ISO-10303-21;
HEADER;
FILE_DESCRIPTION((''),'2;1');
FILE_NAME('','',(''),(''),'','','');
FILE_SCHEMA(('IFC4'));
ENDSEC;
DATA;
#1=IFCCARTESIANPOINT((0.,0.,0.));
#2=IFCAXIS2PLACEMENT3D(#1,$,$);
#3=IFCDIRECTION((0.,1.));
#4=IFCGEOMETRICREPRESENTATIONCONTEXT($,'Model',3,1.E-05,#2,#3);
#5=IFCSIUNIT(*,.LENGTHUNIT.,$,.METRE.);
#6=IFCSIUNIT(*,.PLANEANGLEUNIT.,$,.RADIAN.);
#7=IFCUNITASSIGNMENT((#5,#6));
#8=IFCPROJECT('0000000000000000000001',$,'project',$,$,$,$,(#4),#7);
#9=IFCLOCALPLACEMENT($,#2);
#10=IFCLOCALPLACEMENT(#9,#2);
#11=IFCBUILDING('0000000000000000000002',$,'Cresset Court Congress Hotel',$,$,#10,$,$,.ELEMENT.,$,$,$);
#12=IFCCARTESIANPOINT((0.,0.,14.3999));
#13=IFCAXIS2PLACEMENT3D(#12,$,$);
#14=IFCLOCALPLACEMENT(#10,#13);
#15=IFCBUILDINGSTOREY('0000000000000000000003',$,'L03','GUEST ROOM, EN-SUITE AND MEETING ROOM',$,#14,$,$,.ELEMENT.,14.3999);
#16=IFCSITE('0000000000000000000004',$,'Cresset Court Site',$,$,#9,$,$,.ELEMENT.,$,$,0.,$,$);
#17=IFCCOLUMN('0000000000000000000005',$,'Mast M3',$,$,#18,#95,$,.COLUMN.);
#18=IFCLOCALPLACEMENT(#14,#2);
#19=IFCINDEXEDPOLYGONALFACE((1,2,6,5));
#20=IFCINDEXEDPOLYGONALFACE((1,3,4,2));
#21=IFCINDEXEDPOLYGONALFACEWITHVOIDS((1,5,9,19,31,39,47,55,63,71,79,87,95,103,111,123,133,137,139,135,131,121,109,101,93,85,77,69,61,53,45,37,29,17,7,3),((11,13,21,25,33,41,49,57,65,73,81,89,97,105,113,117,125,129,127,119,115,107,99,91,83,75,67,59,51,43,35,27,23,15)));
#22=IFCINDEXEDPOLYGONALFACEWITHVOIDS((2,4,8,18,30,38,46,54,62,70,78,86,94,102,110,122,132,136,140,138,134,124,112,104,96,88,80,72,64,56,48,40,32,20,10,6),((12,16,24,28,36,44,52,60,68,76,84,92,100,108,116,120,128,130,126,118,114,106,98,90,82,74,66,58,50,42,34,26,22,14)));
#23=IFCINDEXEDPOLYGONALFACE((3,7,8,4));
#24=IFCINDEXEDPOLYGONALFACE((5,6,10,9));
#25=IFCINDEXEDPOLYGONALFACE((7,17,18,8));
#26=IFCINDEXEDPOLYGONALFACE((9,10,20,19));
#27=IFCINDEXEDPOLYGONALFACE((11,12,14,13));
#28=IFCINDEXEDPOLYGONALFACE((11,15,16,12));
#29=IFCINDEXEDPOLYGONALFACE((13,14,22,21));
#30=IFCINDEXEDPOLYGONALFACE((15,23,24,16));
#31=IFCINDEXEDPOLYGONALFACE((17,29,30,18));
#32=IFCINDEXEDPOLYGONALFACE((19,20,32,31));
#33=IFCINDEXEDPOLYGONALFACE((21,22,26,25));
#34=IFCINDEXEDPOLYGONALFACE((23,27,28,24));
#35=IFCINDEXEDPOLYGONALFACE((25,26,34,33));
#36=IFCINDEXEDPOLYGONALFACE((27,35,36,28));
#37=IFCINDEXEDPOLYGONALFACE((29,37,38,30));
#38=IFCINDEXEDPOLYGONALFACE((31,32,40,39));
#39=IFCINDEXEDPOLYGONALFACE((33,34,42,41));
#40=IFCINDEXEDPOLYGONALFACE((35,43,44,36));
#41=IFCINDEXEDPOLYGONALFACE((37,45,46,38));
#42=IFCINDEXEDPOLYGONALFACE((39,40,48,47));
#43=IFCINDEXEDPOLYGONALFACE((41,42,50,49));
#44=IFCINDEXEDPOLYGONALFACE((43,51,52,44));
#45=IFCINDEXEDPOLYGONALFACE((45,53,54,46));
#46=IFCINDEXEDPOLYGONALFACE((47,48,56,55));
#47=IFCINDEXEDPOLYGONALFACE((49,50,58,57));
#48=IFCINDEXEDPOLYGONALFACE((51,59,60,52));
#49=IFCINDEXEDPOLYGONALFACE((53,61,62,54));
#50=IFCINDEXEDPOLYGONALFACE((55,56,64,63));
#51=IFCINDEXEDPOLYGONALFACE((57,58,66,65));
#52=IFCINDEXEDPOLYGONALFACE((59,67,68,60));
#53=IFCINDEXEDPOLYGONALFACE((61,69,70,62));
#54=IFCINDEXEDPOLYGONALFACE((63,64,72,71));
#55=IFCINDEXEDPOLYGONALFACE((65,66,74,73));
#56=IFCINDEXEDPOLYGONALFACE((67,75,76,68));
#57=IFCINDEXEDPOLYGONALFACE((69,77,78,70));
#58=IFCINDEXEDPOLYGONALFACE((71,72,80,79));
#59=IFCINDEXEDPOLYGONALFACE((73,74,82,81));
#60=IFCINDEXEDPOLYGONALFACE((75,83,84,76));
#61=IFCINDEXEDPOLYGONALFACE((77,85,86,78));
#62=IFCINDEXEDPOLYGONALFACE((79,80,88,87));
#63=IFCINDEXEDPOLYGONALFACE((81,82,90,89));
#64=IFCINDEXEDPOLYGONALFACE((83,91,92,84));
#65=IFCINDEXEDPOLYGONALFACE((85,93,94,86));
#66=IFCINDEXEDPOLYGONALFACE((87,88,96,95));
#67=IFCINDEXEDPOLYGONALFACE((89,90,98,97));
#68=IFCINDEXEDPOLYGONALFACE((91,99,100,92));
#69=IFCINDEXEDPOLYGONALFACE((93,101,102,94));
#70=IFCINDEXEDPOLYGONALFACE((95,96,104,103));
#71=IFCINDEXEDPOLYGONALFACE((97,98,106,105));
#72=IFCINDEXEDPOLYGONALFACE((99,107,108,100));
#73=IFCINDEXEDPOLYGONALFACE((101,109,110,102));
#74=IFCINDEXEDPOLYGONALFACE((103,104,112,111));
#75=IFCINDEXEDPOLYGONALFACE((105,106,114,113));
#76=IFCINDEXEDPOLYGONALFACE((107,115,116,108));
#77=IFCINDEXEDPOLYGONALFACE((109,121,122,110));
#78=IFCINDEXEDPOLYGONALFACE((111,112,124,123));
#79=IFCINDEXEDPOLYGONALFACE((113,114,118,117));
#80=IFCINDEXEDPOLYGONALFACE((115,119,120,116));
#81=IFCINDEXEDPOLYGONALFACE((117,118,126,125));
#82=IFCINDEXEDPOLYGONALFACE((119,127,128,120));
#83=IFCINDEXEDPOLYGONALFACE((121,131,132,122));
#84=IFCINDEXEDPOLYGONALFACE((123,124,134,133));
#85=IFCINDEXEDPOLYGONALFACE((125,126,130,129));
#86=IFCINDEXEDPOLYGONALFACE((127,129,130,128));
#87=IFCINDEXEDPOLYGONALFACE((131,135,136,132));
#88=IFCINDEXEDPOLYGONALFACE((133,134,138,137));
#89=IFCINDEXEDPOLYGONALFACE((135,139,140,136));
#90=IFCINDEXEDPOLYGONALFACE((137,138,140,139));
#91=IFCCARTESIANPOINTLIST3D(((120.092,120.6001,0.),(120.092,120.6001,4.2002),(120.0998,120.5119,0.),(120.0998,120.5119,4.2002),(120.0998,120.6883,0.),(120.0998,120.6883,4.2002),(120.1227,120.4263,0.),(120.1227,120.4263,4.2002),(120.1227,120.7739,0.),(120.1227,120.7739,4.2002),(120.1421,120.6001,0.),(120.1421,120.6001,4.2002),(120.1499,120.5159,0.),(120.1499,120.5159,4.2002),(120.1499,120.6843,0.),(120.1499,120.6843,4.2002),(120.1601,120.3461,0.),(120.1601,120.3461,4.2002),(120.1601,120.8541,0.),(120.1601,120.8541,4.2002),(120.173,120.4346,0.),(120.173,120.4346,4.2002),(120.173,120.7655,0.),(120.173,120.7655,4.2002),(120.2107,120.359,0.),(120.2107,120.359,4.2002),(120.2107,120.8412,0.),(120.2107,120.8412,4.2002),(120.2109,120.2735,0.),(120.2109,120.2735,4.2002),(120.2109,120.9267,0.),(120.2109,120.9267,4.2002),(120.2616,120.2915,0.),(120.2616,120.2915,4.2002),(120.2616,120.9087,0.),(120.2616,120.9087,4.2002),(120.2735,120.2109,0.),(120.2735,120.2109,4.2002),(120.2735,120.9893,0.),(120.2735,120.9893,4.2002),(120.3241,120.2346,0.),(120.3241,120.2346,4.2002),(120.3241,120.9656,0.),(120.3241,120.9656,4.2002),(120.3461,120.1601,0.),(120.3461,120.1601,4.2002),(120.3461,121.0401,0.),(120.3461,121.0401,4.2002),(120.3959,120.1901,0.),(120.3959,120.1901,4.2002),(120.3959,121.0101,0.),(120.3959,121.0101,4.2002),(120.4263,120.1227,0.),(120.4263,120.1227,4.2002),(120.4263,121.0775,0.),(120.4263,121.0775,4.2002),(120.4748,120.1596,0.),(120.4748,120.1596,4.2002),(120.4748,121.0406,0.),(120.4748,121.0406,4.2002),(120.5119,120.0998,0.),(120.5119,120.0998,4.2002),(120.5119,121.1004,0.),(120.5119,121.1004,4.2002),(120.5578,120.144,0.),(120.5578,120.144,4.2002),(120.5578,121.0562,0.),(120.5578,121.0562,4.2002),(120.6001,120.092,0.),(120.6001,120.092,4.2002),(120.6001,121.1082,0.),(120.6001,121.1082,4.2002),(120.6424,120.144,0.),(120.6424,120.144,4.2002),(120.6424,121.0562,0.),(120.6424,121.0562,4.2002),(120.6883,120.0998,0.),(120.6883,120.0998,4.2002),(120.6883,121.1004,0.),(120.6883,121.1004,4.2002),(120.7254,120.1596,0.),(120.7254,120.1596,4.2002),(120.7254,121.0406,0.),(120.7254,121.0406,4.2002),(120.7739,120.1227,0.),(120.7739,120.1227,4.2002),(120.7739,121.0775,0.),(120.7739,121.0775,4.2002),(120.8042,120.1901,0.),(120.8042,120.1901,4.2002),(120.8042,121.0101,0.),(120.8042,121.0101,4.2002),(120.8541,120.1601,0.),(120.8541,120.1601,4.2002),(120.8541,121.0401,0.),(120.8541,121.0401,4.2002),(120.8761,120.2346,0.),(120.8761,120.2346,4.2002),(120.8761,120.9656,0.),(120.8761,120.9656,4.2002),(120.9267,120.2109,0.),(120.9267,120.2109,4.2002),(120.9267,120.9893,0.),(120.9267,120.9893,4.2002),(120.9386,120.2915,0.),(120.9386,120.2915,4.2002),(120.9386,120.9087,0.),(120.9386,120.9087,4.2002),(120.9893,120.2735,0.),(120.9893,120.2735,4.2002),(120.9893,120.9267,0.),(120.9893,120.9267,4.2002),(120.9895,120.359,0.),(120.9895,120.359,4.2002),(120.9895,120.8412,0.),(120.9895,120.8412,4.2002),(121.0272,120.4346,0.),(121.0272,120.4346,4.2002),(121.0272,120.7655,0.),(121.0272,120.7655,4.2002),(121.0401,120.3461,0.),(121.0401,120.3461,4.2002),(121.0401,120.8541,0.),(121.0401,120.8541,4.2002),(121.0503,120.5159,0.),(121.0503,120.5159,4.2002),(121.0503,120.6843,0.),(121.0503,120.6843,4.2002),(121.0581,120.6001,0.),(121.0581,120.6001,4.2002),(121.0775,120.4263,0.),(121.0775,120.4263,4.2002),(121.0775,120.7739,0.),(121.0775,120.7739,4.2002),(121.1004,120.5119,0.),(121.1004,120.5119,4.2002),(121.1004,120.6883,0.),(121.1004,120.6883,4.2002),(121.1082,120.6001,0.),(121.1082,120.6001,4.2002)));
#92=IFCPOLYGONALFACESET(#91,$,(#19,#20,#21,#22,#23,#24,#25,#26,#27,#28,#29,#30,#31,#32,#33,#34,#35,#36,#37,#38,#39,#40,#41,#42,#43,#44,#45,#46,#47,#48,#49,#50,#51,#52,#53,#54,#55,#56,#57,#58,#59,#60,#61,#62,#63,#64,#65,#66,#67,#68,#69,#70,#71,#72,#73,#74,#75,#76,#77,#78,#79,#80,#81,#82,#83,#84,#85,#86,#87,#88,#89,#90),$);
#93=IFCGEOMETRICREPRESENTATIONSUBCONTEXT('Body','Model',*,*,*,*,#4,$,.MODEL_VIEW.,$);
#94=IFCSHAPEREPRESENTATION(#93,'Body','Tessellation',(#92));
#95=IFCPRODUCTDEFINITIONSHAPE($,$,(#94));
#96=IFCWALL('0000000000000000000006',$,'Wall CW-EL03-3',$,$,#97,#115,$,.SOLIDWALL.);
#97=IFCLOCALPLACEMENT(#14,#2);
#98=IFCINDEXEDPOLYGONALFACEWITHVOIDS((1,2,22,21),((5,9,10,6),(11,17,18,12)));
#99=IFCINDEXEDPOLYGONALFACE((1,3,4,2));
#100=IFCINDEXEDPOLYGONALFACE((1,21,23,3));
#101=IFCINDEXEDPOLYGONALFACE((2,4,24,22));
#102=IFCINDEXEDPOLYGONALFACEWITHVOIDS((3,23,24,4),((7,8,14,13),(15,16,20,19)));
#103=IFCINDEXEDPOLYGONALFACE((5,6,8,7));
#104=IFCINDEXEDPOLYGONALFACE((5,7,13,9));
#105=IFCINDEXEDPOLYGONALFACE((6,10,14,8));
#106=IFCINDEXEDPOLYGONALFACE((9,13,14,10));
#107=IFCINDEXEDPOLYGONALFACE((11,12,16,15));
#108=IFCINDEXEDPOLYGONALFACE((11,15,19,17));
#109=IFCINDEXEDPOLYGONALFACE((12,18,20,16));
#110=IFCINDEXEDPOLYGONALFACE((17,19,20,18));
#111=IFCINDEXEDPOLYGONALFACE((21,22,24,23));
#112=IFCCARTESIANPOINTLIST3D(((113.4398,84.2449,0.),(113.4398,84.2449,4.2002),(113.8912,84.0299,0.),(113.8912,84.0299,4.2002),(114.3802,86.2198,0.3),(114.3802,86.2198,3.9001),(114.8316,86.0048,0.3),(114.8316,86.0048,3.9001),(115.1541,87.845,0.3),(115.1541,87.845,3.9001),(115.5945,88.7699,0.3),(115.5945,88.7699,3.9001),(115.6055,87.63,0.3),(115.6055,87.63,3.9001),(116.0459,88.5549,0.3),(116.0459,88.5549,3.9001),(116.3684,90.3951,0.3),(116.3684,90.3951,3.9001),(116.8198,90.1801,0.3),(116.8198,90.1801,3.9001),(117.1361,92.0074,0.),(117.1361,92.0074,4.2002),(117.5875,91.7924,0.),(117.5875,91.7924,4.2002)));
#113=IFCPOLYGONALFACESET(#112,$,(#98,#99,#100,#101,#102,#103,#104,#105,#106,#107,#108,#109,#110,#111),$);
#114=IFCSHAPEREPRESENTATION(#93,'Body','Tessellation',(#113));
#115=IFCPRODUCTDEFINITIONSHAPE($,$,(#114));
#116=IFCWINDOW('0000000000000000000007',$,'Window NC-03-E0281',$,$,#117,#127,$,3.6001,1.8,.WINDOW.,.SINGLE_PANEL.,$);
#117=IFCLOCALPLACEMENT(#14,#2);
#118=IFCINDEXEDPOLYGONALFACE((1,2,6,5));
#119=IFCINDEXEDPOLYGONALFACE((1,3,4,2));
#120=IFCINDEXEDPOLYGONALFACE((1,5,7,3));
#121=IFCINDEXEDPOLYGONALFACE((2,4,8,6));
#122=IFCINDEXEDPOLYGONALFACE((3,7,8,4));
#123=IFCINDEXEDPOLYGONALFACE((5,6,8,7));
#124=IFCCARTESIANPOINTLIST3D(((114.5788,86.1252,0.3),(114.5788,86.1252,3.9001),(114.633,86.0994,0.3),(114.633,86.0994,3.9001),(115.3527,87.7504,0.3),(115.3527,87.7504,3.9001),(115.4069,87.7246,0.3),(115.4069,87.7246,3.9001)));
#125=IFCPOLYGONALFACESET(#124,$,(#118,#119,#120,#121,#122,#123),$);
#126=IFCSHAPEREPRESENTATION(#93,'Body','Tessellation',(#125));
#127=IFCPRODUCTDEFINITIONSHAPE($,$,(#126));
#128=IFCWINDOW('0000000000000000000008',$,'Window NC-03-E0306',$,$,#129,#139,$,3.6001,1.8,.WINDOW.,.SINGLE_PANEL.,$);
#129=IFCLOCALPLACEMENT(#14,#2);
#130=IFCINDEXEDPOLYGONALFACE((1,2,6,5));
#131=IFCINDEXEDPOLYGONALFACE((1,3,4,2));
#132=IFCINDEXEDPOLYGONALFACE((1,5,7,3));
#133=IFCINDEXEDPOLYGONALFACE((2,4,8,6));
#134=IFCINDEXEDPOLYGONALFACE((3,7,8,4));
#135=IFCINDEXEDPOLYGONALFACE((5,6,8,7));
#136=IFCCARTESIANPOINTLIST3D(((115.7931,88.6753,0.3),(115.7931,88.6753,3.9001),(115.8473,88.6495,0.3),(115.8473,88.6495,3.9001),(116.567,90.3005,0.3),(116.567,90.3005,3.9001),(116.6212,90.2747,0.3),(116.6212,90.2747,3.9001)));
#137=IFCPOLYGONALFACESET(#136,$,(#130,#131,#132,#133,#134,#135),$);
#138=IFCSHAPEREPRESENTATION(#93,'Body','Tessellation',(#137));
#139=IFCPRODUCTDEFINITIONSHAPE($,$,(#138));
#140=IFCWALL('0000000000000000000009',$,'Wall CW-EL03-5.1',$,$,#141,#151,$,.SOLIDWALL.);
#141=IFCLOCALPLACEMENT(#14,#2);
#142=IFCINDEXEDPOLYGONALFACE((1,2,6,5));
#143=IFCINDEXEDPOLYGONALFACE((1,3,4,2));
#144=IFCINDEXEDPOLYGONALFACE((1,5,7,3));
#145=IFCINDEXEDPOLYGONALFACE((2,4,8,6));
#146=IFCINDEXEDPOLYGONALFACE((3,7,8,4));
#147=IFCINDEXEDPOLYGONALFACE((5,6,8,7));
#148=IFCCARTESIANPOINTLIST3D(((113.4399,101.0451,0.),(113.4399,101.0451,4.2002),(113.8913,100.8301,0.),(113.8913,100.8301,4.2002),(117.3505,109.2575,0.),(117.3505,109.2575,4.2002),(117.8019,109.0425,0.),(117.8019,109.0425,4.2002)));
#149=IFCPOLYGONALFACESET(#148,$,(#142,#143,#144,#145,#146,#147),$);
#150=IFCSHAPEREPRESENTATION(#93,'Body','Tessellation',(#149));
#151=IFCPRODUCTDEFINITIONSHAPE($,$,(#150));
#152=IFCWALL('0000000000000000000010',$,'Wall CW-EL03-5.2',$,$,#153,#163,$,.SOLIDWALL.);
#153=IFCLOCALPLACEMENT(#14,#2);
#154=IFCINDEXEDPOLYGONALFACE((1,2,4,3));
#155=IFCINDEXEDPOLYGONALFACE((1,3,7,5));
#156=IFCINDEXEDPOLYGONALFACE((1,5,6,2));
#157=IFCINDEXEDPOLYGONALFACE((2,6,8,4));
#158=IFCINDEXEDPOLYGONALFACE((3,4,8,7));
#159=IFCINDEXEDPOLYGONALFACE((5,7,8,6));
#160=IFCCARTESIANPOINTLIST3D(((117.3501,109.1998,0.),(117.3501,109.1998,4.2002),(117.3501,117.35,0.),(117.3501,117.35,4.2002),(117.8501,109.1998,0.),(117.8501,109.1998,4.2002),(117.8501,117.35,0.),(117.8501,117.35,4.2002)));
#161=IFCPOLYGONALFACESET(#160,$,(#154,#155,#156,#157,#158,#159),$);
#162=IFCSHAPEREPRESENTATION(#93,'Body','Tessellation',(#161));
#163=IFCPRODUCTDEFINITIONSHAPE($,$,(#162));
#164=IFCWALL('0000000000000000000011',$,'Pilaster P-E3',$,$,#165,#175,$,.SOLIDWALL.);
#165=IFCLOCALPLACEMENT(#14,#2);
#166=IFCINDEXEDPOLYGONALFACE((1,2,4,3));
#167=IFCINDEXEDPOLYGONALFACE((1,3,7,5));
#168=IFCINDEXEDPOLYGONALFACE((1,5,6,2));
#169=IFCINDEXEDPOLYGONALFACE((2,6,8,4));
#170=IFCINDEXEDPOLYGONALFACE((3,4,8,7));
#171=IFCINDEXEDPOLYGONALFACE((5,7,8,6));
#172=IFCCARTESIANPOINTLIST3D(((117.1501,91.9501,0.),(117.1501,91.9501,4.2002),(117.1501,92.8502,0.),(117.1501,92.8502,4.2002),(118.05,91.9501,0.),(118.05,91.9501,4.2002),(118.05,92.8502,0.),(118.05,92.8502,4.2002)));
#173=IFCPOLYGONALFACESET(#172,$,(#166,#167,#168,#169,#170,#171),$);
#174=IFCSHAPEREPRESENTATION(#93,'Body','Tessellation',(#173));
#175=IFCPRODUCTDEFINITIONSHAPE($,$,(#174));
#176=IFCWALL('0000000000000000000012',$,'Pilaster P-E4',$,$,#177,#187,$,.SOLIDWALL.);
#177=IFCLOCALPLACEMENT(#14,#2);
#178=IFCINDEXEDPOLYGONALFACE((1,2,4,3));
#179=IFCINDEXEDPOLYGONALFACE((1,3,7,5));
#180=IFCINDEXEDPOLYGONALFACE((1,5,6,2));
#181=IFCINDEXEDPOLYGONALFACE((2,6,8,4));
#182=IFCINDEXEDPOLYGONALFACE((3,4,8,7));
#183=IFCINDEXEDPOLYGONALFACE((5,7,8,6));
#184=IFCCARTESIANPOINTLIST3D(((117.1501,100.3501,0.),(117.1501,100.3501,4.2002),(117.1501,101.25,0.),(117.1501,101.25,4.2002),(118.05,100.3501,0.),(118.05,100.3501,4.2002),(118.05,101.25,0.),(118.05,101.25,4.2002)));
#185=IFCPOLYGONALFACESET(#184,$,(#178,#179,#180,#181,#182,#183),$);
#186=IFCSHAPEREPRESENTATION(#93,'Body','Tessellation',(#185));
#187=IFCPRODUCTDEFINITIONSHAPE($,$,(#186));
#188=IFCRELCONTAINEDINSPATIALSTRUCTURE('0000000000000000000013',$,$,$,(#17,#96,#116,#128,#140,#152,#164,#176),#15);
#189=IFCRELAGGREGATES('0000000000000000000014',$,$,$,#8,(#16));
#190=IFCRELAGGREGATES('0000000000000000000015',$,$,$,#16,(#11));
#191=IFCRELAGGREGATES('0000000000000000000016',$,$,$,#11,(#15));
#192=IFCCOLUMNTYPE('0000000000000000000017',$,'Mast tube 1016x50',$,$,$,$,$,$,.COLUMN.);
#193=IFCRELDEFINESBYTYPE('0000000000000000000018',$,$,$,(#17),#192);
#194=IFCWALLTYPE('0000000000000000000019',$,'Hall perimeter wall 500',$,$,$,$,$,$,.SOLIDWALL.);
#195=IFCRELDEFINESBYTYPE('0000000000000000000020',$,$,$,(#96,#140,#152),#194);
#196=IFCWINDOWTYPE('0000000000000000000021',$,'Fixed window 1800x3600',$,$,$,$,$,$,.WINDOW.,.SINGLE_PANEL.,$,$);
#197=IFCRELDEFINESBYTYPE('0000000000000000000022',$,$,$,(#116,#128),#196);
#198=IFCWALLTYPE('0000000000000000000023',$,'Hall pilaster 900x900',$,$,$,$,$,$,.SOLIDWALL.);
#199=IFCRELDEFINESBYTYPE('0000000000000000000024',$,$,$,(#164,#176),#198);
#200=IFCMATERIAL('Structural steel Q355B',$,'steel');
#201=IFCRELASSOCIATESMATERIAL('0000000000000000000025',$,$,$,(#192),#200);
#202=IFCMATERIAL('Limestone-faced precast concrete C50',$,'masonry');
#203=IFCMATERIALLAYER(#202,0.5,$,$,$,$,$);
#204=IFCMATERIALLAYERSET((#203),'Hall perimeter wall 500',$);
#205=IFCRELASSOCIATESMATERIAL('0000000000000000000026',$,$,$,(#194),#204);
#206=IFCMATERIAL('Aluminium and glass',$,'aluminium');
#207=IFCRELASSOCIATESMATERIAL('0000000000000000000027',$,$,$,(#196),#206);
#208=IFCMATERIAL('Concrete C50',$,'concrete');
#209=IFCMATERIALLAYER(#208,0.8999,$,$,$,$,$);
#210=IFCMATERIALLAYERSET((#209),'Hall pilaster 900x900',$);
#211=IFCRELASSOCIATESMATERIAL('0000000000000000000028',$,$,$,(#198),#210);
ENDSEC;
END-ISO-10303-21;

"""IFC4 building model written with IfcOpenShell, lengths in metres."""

from ifc_helpers import new_model, si_unit, direction, frame, frame_2d, origin, origin_2d, place, context, subcontext, project, spatial, rectangle, hollow_circle, extrude, material, layer, layer_set, material_profile, profile_set, type_object, element, fill, save


model = new_model("IFC4")

# Units and contexts
model_context = context("Model", 3, precision=1e-05, world=origin(), true_north=direction((0.0, 1.0)))
body_context = subcontext(model_context, "Body", "Model", "MODEL_VIEW")
ifc_project = project(units=[si_unit("LENGTHUNIT", "METRE"), si_unit("PLANEANGLEUNIT", "RADIAN")], contexts=[model_context])

# Site, building, storey
site_placement = place(None, origin())
site = spatial("IfcSite", under=ifc_project, at=site_placement, Name="Cresset Court Site", CompositionType="ELEMENT", RefElevation=0.0)
building_placement = place(site_placement, origin())
building = spatial("IfcBuilding", under=site, at=building_placement, Name="Cresset Court Congress Hotel", CompositionType="ELEMENT")
storey_placement = place(building_placement, frame((0.0, 0.0, 14.3999)))
storey = spatial("IfcBuildingStorey", under=building, at=storey_placement, Name="L03", Description="GUEST ROOM, EN-SUITE AND MEETING ROOM", CompositionType="ELEMENT", Elevation=14.3999)

# Column
ifc_material_1 = material(Name="Structural steel Q355B", Category="steel")
ifc_material_profile = material_profile(ifc_material_1, hollow_circle(Radius=0.5081, WallThickness=0.05, at=origin_2d()), Name="CHS1016x50")
ifc_profile_set = profile_set([ifc_material_profile], Name="Structural steel Q355B")
column_type = type_object("IfcColumnType", Name="Mast tube 1016x50", PredefinedType="COLUMN", material=ifc_profile_set)
column_placement = place(storey_placement, frame((120.6001, 120.6001, 0.0), z_axis=(0.0, 0.0, 1.0), x_axis=(1.0, 0.0, 0.0)))
element("IfcColumn", 1, at=column_placement, inside=storey, type_object=column_type, Name="Mast M3", PredefinedType="COLUMN", context=body_context, shape_type="SweptSolid", body=[
    extrude(hollow_circle(Radius=0.5081, WallThickness=0.05, at=origin_2d()), origin(), (0.0, 0.0, 1.0), 4.2002),
])

# Wall, openings, windows
ifc_material_2 = material(Name="Limestone-faced precast concrete C50", Category="masonry")
ifc_layer_1 = layer(ifc_material_2, 0.5)
ifc_layer_set_1 = layer_set([ifc_layer_1], Name="Hall perimeter wall 500")
wall_type_1 = type_object("IfcWallType", Name="Hall perimeter wall 500", PredefinedType="SOLIDWALL", material=ifc_layer_set_1)
wall_1_placement = place(storey_placement, frame((117.3618, 91.8999, 0.0), z_axis=(0.0, 0.0, 1.0), x_axis=(-0.429923, -0.902866, 0.0)))
wall_1 = element("IfcWall", 2, at=wall_1_placement, inside=storey, type_object=wall_type_1, Name="Wall CW-EL03-3", PredefinedType="SOLIDWALL", context=body_context, shape_type="SweptSolid", body=[
    extrude(rectangle(XDim=8.5977, YDim=0.5, at=frame_2d((4.2988, 0.0))), origin(), (0.0, 0.0, 1.0), 4.2002),
])
opening_1_placement = place(wall_1_placement, frame((4.6104, 0.0, 0.3)))
opening_1 = element("IfcOpeningElement", 3, at=opening_1_placement, cuts=wall_1, PredefinedType="OPENING", context=body_context, shape_type="SweptSolid", body=[
    extrude(rectangle(XDim=1.8, YDim=3.6001, at=frame_2d((0.8999, 1.8))), frame((0.0, 0.26, 0.0), z_axis=(0.0, -1.0, 0.0), x_axis=(1.0, 0.0, 0.0)), (0.0, 0.0, 1.0), 0.52),
])
opening_2_placement = place(wall_1_placement, frame((1.7859, 0.0, 0.3)))
opening_2 = element("IfcOpeningElement", 4, at=opening_2_placement, cuts=wall_1, PredefinedType="OPENING", context=body_context, shape_type="SweptSolid", body=[
    extrude(rectangle(XDim=1.8, YDim=3.6001, at=frame_2d((0.8999, 1.8))), frame((0.0, 0.26, 0.0), z_axis=(0.0, -1.0, 0.0), x_axis=(1.0, 0.0, 0.0)), (0.0, 0.0, 1.0), 0.52),
])
ifc_material_3 = material(Name="Aluminium and glass", Category="aluminium")
window_type = type_object("IfcWindowType", Name="Fixed window 1800x3600", PartitioningType="SINGLE_PANEL", PredefinedType="WINDOW", material=ifc_material_3)
window_1_placement = place(opening_1_placement, origin())
window_1 = element("IfcWindow", 5, at=window_1_placement, inside=storey, type_object=window_type, Name="Window NC-03-E0281", OverallHeight=3.6001, OverallWidth=1.8, PartitioningType="SINGLE_PANEL", PredefinedType="WINDOW", context=body_context, shape_type="SweptSolid", body=[
    extrude(rectangle(XDim=1.8, YDim=3.6001, at=frame_2d((0.8999, 1.8))), frame((0.0, 0.03, 0.0), z_axis=(0.0, -1.0, 0.0), x_axis=(1.0, 0.0, 0.0)), (0.0, 0.0, 1.0), 0.0601),
])
fill(opening_1, window_1)
window_2_placement = place(opening_2_placement, origin())
window_2 = element("IfcWindow", 6, at=window_2_placement, inside=storey, type_object=window_type, Name="Window NC-03-E0306", OverallHeight=3.6001, OverallWidth=1.8, PartitioningType="SINGLE_PANEL", PredefinedType="WINDOW", context=body_context, shape_type="SweptSolid", body=[
    extrude(rectangle(XDim=1.8, YDim=3.6001, at=frame_2d((0.8999, 1.8))), frame((0.0, 0.03, 0.0), z_axis=(0.0, -1.0, 0.0), x_axis=(1.0, 0.0, 0.0)), (0.0, 0.0, 1.0), 0.0601),
])
fill(opening_2, window_2)

# Walls
wall_2_placement = place(storey_placement, frame((117.5762, 109.1499, 0.0), z_axis=(0.0, 0.0, 1.0), x_axis=(-0.429931, -0.902862, 0.0)))
element("IfcWall", 7, at=wall_2_placement, inside=storey, type_object=wall_type_1, Name="Wall CW-EL03-5.1", PredefinedType="SOLIDWALL", context=body_context, shape_type="SweptSolid", body=[
    extrude(rectangle(XDim=9.0959, YDim=0.5, at=frame_2d((4.5479, 0.0))), origin(), (0.0, 0.0, 1.0), 4.2002),
])
wall_3_placement = place(storey_placement, frame((117.6001, 117.3501, 0.0), z_axis=(0.0, 0.0, 1.0), x_axis=(0.0, -1.0, 0.0)))
element("IfcWall", 8, at=wall_3_placement, inside=storey, type_object=wall_type_1, Name="Wall CW-EL03-5.2", PredefinedType="SOLIDWALL", context=body_context, shape_type="SweptSolid", body=[
    extrude(rectangle(XDim=8.1501, YDim=0.5, at=frame_2d((4.0752, 0.0))), origin(), (0.0, 0.0, 1.0), 4.2002),
])
ifc_material_4 = material(Name="Concrete C50", Category="concrete")
ifc_layer_2 = layer(ifc_material_4, 0.8999)
ifc_layer_set_2 = layer_set([ifc_layer_2], Name="Hall pilaster 900x900")
wall_type_2 = type_object("IfcWallType", Name="Hall pilaster 900x900", PredefinedType="SOLIDWALL", material=ifc_layer_set_2)
wall_4_placement = place(storey_placement, frame((117.6001, 91.95, 0.0), z_axis=(0.0, 0.0, 1.0), x_axis=(0.0, 1.0, 0.0)))
element("IfcWall", 9, at=wall_4_placement, inside=storey, type_object=wall_type_2, Name="Pilaster P-E3", PredefinedType="SOLIDWALL", context=body_context, shape_type="SweptSolid", body=[
    extrude(rectangle(XDim=0.9001, YDim=0.8999, at=frame_2d((0.4502, 0.0))), origin(), (0.0, 0.0, 1.0), 4.2002),
])
wall_5_placement = place(storey_placement, frame((117.6001, 100.3501, 0.0), z_axis=(0.0, 0.0, 1.0), x_axis=(0.0, 1.0, 0.0)))
element("IfcWall", 10, at=wall_5_placement, inside=storey, type_object=wall_type_2, Name="Pilaster P-E4", PredefinedType="SOLIDWALL", context=body_context, shape_type="SweptSolid", body=[
    extrude(rectangle(XDim=0.8999, YDim=0.8999, at=frame_2d((0.45, 0.0))), origin(), (0.0, 0.0, 1.0), 4.2002),
])

save(model, "model.ifc")
